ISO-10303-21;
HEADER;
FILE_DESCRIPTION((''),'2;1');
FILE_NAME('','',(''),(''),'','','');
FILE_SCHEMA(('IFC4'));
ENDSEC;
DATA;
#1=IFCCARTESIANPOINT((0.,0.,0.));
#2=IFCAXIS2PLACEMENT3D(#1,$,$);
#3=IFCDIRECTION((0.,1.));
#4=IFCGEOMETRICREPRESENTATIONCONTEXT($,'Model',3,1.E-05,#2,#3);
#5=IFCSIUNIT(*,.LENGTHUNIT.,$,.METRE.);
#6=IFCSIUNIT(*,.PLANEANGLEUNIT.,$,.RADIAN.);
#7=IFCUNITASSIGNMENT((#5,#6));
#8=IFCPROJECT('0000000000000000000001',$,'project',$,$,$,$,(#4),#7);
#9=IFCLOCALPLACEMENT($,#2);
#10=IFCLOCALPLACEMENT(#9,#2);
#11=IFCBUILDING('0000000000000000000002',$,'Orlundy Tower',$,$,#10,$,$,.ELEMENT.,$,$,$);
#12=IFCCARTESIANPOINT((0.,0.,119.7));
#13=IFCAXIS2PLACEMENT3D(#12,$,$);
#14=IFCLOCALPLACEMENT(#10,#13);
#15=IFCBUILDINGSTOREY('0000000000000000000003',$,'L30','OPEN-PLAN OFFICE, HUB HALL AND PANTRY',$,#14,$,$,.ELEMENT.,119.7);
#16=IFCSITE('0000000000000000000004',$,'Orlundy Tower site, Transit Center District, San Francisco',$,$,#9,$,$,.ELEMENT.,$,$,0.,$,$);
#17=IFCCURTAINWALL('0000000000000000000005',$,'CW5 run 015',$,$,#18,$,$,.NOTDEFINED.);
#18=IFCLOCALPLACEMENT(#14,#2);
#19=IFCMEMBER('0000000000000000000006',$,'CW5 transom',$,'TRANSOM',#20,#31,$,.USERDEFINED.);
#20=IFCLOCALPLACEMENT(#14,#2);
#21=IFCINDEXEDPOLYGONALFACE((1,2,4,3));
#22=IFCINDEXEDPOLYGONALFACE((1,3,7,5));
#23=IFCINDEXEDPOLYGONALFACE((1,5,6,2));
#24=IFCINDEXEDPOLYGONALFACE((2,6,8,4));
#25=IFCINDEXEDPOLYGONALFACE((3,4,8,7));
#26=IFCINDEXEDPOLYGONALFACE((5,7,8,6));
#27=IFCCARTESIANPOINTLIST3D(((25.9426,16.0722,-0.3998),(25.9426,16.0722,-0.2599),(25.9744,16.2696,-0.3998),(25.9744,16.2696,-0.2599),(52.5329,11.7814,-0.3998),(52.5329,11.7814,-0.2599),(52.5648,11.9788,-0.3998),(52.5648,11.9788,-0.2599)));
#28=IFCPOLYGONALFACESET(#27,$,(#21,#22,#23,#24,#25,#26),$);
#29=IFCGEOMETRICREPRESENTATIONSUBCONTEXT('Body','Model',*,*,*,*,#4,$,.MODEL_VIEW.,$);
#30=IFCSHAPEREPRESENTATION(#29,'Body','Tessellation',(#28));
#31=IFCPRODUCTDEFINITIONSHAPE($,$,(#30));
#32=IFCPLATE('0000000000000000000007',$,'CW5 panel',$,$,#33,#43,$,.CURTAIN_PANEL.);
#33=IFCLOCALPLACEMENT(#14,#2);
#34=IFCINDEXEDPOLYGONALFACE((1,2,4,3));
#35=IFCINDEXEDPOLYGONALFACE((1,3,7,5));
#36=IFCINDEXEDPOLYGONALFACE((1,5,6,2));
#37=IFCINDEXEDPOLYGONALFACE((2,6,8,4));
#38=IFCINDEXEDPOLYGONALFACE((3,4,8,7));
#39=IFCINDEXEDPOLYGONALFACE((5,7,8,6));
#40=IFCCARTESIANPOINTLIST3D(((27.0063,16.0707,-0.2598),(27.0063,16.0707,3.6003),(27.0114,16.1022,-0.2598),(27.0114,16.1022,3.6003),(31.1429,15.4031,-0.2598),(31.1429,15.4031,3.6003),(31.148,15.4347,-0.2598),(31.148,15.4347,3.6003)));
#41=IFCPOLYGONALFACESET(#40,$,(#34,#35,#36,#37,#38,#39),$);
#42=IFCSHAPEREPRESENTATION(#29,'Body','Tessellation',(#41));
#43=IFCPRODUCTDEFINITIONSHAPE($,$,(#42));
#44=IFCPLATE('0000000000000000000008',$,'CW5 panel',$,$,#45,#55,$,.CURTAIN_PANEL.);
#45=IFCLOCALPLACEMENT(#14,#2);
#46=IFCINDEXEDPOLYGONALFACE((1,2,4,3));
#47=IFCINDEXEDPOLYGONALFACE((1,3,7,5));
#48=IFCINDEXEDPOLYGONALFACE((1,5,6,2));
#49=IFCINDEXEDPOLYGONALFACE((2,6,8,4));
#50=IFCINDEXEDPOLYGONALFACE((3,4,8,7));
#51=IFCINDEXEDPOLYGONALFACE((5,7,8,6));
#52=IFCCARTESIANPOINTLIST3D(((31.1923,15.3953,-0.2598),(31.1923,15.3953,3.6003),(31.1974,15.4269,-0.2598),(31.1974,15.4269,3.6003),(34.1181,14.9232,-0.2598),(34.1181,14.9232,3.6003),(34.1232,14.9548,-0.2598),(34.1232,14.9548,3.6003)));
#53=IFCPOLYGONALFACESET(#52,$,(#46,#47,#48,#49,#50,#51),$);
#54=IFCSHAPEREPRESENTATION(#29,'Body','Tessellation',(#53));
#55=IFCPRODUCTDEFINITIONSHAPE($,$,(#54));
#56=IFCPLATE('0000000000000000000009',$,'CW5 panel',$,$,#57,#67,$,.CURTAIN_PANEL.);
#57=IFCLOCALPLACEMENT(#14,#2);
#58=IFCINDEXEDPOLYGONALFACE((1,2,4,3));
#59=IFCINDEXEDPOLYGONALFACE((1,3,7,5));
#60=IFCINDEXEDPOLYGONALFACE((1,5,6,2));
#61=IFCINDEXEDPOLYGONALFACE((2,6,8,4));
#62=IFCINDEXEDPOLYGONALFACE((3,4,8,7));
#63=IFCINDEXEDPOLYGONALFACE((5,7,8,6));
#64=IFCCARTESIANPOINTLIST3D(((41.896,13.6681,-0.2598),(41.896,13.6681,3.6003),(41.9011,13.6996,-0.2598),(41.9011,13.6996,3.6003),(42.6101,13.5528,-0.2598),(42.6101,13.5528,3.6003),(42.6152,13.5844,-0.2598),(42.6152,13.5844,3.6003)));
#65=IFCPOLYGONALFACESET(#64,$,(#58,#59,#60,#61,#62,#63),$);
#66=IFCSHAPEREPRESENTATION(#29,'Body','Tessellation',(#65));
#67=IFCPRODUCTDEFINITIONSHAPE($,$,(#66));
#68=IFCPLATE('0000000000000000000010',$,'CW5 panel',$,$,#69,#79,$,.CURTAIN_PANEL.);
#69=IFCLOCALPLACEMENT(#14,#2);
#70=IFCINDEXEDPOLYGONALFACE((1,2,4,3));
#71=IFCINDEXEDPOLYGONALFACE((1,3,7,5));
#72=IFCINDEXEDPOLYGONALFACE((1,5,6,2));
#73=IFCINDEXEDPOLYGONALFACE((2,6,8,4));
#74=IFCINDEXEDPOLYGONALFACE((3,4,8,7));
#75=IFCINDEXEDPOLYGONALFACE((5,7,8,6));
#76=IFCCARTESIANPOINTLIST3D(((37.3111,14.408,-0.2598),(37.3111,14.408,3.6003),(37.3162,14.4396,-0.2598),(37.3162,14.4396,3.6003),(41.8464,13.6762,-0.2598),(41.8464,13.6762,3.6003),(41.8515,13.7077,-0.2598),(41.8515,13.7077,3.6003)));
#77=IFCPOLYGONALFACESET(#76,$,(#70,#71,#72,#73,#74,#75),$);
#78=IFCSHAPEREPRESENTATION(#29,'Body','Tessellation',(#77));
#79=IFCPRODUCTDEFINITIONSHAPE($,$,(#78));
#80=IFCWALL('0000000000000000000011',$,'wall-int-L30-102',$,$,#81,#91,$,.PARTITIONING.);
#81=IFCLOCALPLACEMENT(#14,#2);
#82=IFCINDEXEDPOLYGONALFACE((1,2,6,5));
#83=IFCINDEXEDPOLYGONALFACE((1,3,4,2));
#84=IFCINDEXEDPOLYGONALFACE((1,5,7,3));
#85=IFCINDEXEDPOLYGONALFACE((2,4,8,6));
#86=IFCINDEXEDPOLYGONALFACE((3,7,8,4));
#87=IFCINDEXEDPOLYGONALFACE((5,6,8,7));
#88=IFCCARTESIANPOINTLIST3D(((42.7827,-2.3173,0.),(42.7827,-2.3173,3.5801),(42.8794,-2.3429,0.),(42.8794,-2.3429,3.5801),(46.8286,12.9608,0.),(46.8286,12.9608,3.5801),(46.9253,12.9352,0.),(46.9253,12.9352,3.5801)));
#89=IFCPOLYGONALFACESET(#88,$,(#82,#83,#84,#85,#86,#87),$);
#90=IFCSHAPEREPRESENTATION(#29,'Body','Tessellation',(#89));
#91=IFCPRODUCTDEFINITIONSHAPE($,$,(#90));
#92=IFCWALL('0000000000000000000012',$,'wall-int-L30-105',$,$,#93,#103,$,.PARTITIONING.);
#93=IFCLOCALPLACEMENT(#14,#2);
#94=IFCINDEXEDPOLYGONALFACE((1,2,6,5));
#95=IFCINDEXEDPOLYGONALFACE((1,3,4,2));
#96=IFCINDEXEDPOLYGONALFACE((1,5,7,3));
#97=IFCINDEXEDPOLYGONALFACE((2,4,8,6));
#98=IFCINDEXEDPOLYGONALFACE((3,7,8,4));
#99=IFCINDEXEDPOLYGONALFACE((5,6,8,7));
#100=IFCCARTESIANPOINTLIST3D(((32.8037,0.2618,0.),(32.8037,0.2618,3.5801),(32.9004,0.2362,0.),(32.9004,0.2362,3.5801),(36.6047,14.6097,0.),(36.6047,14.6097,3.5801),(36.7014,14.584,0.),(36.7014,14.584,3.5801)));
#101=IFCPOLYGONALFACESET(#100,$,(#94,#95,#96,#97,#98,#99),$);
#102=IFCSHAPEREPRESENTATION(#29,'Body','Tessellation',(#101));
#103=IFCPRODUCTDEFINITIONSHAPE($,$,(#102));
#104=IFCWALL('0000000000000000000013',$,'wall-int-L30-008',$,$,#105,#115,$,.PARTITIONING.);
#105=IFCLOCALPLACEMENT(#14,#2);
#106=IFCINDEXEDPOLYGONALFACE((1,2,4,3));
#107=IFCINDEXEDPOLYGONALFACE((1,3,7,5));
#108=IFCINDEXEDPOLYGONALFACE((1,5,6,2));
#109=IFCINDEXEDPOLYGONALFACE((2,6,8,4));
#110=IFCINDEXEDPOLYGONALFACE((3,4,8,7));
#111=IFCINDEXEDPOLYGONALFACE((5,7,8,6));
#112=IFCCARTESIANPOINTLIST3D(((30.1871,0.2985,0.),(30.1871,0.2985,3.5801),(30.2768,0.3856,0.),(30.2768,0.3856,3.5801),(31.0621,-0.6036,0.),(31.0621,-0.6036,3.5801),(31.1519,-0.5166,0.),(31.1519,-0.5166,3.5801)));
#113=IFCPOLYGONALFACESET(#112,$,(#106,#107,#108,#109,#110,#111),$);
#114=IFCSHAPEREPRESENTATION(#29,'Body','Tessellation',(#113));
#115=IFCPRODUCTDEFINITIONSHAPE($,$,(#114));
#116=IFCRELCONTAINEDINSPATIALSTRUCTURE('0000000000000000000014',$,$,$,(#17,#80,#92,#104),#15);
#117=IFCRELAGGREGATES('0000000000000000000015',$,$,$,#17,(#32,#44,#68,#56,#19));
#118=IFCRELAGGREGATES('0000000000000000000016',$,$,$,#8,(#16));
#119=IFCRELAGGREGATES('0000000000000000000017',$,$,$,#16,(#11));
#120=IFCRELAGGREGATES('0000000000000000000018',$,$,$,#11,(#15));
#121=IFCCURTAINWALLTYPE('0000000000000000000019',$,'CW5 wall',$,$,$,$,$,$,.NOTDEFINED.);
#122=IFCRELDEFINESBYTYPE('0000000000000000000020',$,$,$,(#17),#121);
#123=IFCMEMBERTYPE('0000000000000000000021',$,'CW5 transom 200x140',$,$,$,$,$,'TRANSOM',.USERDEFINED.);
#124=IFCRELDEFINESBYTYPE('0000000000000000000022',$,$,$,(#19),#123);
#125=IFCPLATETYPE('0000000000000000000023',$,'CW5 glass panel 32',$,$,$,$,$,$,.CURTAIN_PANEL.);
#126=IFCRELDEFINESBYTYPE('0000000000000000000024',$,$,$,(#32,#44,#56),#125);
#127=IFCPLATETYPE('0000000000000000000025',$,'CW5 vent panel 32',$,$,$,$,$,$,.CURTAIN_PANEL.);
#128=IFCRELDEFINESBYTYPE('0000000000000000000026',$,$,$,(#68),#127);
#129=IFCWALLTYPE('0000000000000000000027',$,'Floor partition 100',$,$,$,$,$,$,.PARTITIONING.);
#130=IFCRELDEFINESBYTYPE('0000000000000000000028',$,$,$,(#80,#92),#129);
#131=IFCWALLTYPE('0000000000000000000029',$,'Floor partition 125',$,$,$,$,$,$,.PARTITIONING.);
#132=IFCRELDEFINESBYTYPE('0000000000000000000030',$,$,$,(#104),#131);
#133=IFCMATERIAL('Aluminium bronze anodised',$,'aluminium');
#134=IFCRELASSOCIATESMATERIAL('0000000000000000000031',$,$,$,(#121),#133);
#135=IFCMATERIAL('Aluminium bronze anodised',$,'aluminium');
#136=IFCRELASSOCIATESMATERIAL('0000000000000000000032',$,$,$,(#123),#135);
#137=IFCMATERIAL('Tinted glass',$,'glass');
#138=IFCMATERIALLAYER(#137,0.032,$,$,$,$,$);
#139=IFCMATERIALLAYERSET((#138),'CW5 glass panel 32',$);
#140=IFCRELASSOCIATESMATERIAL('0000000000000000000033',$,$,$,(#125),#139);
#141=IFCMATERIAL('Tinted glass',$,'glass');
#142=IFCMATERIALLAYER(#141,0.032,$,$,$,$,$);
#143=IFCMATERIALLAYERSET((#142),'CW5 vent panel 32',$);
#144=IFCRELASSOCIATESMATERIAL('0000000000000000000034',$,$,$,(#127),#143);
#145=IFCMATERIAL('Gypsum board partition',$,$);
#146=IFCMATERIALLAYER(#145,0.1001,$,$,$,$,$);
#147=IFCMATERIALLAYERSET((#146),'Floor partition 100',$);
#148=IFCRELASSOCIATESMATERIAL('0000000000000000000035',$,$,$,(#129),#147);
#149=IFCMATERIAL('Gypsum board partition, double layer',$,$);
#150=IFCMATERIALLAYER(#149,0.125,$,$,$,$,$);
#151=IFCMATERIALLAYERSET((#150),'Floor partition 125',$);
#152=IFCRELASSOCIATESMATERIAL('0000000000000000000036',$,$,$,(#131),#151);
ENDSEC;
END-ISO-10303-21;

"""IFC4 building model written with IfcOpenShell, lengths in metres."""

from ifc_helpers import new_model, si_unit, direction, frame, frame_2d, origin, origin_2d, place, context, subcontext, project, spatial, rectangle, extrude, material, layer, layer_set, material_profile, profile_set, type_object, element, aggregate, save


model = new_model("IFC4")

# Units and contexts
model_context = context("Model", 3, precision=1e-05, world=origin(), true_north=direction((0.0, 1.0)))
body_context = subcontext(model_context, "Body", "Model", "MODEL_VIEW")
ifc_project = project(units=[si_unit("LENGTHUNIT", "METRE"), si_unit("PLANEANGLEUNIT", "RADIAN")], contexts=[model_context])

# Site, building, storey
site_placement = place(None, origin())
site = spatial("IfcSite", under=ifc_project, at=site_placement, Name="Orlundy Tower site, Transit Center District, San Francisco", CompositionType="ELEMENT", RefElevation=0.0)
building_placement = place(site_placement, origin())
building = spatial("IfcBuilding", under=site, at=building_placement, Name="Orlundy Tower", CompositionType="ELEMENT")
storey_placement = place(building_placement, frame((0.0, 0.0, 119.7)))
storey = spatial("IfcBuildingStorey", under=building, at=storey_placement, Name="L30", Description="OPEN-PLAN OFFICE, HUB HALL AND PANTRY", CompositionType="ELEMENT", Elevation=119.7)

# Curtain wall, member, plates
ifc_material_1 = material(Name="Aluminium bronze anodised", Category="aluminium")
curtain_wall_type = type_object("IfcCurtainWallType", Name="CW5 wall", PredefinedType="NOTDEFINED", material=ifc_material_1)
curtain_wall_placement = place(storey_placement, origin())
curtain_wall = element("IfcCurtainWall", 1, at=curtain_wall_placement, inside=storey, type_object=curtain_wall_type, Name="CW5 run 015", PredefinedType="NOTDEFINED")
ifc_material_2 = material(Name="Aluminium bronze anodised", Category="aluminium")
ifc_material_profile_1 = material_profile(ifc_material_2, rectangle(XDim=0.2, YDim=0.1399, at=origin_2d()), Name="CW5 transom 200x140")
ifc_profile_set_1 = profile_set([ifc_material_profile_1], Name="Aluminium bronze anodised")
member_type_1 = type_object("IfcMemberType", Name="CW5 transom 200x140", ElementType="TRANSOM", PredefinedType="USERDEFINED", material=ifc_profile_set_1)
member_1_placement = place(storey_placement, frame((25.9585, 16.1709, -0.3298), z_axis=(0.987229, -0.159305, 0.0), x_axis=(0.159305, 0.987229, 0.0)))
member_1 = element("IfcMember", 2, at=member_1_placement, type_object=member_type_1, Name="CW5 transom", ObjectType="TRANSOM", PredefinedType="USERDEFINED", context=body_context, shape_type="SweptSolid", body=[
    extrude(rectangle(XDim=0.2, YDim=0.1399, at=origin_2d()), origin(), (0.0, 0.0, 1.0), 26.9343),
])
ifc_material_3 = material(Name="Tinted glass", Category="glass")
ifc_layer_1 = layer(ifc_material_3, 0.032)
ifc_layer_set_1 = layer_set([ifc_layer_1], Name="CW5 glass panel 32")
plate_type_1 = type_object("IfcPlateType", Name="CW5 glass panel 32", PredefinedType="CURTAIN_PANEL", material=ifc_layer_set_1)
plate_1_placement = place(storey_placement, frame((29.0771, 15.7527, -0.2598), z_axis=(0.0, 0.0, 1.0), x_axis=(0.987229, -0.159306, 0.0)))
plate_1 = element("IfcPlate", 3, at=plate_1_placement, type_object=plate_type_1, Name="CW5 panel", PredefinedType="CURTAIN_PANEL", context=body_context, shape_type="SweptSolid", body=[
    extrude(rectangle(XDim=4.1902, YDim=0.032, at=origin_2d()), origin(), (0.0, 0.0, 1.0), 3.8601),
])
plate_2_placement = place(storey_placement, frame((32.6577, 15.175, -0.2598), z_axis=(0.0, 0.0, 1.0), x_axis=(0.987229, -0.159306, 0.0)))
plate_2 = element("IfcPlate", 4, at=plate_2_placement, type_object=plate_type_1, Name="CW5 panel", PredefinedType="CURTAIN_PANEL", context=body_context, shape_type="SweptSolid", body=[
    extrude(rectangle(XDim=2.9636, YDim=0.032, at=origin_2d()), origin(), (0.0, 0.0, 1.0), 3.8601),
])
plate_3_placement = place(storey_placement, frame((42.2556, 13.6262, -0.2598), z_axis=(0.0, 0.0, 1.0), x_axis=(0.987229, -0.159306, 0.0)))
plate_3 = element("IfcPlate", 5, at=plate_3_placement, type_object=plate_type_1, Name="CW5 panel", PredefinedType="CURTAIN_PANEL", context=body_context, shape_type="SweptSolid", body=[
    extrude(rectangle(XDim=0.7234, YDim=0.032, at=origin_2d()), origin(), (0.0, 0.0, 1.0), 3.8601),
])
ifc_material_4 = material(Name="Tinted glass", Category="glass")
ifc_layer_2 = layer(ifc_material_4, 0.032)
ifc_layer_set_2 = layer_set([ifc_layer_2], Name="CW5 vent panel 32")
plate_type_2 = type_object("IfcPlateType", Name="CW5 vent panel 32", PredefinedType="CURTAIN_PANEL", material=ifc_layer_set_2)
plate_4_placement = place(storey_placement, frame((39.5813, 14.0579, -0.2598), z_axis=(0.0, 0.0, 1.0), x_axis=(0.987229, -0.159306, 0.0)))
plate_4 = element("IfcPlate", 6, at=plate_4_placement, type_object=plate_type_2, Name="CW5 panel", PredefinedType="CURTAIN_PANEL", context=body_context, shape_type="SweptSolid", body=[
    extrude(rectangle(XDim=4.594, YDim=0.032, at=origin_2d()), origin(), (0.0, 0.0, 1.0), 3.8601),
])
aggregate(curtain_wall, [plate_1, plate_2, plate_4, plate_3, member_1])

# Walls
ifc_material_5 = material(Name="Gypsum board partition")
ifc_layer_3 = layer(ifc_material_5, 0.1001)
ifc_layer_set_3 = layer_set([ifc_layer_3], Name="Floor partition 100")
wall_type_1 = type_object("IfcWallType", Name="Floor partition 100", PredefinedType="PARTITIONING", material=ifc_layer_set_3)
wall_1_placement = place(storey_placement, frame((42.8311, -2.3301, 0.0), z_axis=(0.0, 0.0, 1.0), x_axis=(0.255993, 0.966679, 0.0)))
element("IfcWall", 7, at=wall_1_placement, inside=storey, type_object=wall_type_1, Name="wall-int-L30-102", PredefinedType="PARTITIONING", context=body_context, shape_type="SweptSolid", body=[
    extrude(rectangle(XDim=15.8047, YDim=0.1001, at=frame_2d((7.9023, 0.0))), origin(), (0.0, 0.0, 1.0), 3.5801),
])
wall_2_placement = place(storey_placement, frame((32.8521, 0.249, 0.0), z_axis=(0.0, 0.0, 1.0), x_axis=(0.256085, 0.966654, 0.0)))
element("IfcWall", 8, at=wall_2_placement, inside=storey, type_object=wall_type_1, Name="wall-int-L30-105", PredefinedType="PARTITIONING", context=body_context, shape_type="SweptSolid", body=[
    extrude(rectangle(XDim=14.8428, YDim=0.1001, at=frame_2d((7.4214, 0.0))), origin(), (0.0, 0.0, 1.0), 3.5801),
])
ifc_material_6 = material(Name="Gypsum board partition, double layer")
ifc_layer_4 = layer(ifc_material_6, 0.125)
ifc_layer_set_4 = layer_set([ifc_layer_4], Name="Floor partition 125")
wall_type_2 = type_object("IfcWallType", Name="Floor partition 125", PredefinedType="PARTITIONING", material=ifc_layer_set_4)
wall_3_placement = place(storey_placement, frame((30.2319, 0.342, 0.0), z_axis=(0.0, 0.0, 1.0), x_axis=(0.696243, -0.717806, 0.0)))
element("IfcWall", 9, at=wall_3_placement, inside=storey, type_object=wall_type_2, Name="wall-int-L30-008", PredefinedType="PARTITIONING", context=body_context, shape_type="SweptSolid", body=[
    extrude(rectangle(XDim=1.2568, YDim=0.125, at=frame_2d((0.6284, 0.0))), origin(), (0.0, 0.0, 1.0), 3.5801),
])

save(model, "model.ifc")
